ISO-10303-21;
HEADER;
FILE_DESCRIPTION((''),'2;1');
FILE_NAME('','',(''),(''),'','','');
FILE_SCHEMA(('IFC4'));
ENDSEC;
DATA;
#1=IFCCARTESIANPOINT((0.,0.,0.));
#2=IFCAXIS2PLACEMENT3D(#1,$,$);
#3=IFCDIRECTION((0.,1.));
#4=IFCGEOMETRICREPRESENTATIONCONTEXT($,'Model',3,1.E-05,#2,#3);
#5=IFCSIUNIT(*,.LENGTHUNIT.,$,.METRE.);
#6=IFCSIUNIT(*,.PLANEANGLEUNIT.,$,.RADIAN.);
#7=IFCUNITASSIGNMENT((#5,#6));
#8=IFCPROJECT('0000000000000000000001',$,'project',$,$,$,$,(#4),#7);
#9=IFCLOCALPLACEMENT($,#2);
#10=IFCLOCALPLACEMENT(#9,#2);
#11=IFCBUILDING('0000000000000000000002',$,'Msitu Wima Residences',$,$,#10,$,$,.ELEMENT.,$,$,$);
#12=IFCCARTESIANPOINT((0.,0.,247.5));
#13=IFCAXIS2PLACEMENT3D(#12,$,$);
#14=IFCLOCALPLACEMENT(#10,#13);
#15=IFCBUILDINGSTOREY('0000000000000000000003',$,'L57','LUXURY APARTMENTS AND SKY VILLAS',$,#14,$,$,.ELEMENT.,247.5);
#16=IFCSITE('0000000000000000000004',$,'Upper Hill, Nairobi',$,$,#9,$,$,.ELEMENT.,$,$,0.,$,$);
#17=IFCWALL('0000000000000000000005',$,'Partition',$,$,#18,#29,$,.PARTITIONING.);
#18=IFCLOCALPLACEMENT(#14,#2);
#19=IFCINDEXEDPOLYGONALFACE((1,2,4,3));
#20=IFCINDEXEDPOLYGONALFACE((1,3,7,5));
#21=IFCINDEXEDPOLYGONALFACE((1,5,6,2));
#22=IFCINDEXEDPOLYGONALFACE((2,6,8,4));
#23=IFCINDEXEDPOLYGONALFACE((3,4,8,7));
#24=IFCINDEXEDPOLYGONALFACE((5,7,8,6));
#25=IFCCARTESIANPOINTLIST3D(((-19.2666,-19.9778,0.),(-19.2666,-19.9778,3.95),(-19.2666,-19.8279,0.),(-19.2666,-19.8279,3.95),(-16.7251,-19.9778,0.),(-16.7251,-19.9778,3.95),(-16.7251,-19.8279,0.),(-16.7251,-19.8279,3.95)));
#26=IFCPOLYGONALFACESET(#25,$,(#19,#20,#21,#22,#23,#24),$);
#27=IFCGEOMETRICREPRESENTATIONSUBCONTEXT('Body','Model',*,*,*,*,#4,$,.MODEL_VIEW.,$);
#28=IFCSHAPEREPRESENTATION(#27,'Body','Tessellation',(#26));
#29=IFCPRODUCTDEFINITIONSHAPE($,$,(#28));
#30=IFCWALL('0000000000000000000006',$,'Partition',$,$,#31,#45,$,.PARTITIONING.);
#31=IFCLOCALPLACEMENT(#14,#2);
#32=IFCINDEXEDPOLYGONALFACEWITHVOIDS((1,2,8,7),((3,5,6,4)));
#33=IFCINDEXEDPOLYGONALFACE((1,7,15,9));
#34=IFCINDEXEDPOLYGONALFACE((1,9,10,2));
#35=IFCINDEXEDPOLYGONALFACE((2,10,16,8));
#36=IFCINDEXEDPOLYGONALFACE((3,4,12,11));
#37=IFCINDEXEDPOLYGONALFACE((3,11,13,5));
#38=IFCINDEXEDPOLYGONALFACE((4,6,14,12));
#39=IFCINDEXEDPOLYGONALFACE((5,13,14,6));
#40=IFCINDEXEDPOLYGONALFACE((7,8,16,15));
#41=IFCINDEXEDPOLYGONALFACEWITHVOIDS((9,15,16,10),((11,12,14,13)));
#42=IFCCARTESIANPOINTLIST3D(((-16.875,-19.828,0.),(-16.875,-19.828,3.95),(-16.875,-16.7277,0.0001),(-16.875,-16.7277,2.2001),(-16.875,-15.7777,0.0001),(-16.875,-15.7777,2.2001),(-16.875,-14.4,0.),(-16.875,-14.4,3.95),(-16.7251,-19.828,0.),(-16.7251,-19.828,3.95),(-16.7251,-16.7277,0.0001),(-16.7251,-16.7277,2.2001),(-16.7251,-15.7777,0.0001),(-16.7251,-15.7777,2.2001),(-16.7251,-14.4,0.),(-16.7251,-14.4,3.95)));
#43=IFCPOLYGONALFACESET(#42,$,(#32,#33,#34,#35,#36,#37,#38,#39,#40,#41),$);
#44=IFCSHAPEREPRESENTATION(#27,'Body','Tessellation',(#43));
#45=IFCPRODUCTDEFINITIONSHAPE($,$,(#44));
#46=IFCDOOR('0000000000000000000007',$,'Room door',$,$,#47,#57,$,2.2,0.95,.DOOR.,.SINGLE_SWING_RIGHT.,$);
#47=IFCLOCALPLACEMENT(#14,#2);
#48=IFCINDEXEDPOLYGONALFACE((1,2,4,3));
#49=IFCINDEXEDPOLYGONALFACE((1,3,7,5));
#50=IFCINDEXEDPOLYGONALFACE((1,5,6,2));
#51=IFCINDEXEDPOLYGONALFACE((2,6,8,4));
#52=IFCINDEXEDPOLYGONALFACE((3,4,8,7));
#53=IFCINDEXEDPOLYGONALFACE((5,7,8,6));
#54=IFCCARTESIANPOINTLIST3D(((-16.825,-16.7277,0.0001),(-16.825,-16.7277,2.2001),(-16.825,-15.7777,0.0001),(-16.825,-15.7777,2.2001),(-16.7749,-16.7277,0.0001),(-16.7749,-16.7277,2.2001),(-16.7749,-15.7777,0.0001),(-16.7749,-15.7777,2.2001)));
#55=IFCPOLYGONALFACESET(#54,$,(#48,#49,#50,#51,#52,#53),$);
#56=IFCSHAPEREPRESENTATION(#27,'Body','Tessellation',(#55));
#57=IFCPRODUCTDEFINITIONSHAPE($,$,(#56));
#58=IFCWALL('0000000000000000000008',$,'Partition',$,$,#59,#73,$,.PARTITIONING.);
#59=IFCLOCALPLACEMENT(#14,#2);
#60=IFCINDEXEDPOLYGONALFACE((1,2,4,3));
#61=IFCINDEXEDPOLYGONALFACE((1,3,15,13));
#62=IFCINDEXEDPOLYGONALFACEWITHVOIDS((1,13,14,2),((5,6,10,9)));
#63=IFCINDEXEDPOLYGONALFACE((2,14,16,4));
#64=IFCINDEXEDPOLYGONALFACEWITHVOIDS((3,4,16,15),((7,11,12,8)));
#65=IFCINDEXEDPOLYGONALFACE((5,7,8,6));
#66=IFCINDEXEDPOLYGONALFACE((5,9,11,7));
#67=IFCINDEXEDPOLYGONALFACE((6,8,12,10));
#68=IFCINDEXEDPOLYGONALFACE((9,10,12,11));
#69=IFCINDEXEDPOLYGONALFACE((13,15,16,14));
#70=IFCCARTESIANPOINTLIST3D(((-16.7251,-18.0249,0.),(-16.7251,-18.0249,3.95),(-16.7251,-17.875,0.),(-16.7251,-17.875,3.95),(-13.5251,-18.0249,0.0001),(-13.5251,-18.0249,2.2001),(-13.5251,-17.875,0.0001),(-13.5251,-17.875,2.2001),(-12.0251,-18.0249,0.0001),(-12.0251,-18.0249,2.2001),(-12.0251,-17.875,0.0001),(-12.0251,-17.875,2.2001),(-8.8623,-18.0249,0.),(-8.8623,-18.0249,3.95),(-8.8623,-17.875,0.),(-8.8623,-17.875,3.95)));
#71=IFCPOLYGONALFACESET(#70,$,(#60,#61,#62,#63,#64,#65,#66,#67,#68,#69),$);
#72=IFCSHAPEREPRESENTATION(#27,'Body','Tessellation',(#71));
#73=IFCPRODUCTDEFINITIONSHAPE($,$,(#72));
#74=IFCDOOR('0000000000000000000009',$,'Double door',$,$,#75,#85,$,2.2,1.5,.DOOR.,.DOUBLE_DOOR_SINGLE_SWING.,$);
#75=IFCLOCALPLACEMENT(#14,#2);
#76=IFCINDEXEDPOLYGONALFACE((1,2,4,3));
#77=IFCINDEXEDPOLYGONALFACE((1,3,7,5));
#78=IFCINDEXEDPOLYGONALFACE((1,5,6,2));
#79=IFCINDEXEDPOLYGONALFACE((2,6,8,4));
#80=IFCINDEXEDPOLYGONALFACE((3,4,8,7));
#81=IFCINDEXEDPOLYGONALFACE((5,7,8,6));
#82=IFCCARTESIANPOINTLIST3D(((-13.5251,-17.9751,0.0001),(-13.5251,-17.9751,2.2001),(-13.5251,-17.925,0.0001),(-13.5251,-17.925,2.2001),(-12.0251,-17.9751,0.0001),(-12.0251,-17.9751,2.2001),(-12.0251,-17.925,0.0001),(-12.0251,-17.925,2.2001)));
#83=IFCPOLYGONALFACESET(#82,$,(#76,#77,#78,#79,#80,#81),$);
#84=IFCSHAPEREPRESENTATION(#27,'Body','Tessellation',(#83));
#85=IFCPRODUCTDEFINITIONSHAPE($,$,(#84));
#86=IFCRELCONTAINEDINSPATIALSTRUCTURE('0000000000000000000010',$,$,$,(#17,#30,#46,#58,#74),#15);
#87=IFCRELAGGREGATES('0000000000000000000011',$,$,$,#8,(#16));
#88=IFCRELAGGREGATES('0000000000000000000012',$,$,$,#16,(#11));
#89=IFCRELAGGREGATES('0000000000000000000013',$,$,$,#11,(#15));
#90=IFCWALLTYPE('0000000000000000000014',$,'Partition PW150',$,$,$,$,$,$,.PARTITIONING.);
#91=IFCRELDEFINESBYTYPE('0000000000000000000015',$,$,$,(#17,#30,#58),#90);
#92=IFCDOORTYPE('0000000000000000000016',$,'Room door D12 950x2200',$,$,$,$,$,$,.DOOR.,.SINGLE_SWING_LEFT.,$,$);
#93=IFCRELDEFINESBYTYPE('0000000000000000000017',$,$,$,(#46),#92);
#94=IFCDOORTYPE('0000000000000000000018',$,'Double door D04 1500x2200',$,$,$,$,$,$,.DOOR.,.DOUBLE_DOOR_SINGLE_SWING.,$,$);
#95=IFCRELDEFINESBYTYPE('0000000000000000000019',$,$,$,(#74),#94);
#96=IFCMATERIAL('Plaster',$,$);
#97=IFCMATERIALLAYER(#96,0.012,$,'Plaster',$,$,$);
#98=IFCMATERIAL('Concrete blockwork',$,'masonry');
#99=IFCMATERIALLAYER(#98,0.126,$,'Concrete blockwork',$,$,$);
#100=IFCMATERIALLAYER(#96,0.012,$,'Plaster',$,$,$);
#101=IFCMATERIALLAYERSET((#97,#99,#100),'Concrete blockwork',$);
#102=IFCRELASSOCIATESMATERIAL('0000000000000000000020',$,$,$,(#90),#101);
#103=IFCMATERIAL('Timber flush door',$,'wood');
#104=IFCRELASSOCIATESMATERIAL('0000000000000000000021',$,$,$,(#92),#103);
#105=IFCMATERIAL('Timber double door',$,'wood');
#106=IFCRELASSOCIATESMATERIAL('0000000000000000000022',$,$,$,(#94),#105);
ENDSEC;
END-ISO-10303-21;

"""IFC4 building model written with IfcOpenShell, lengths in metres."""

from ifc_helpers import new_model, si_unit, direction, frame, frame_2d, origin, place, context, subcontext, project, spatial, rectangle, extrude, material, layer, layer_set, type_object, element, fill, save


model = new_model("IFC4")

# Units and contexts
model_context = context("Model", 3, precision=1e-05, world=origin(), true_north=direction((0.0, 1.0)))
body_context = subcontext(model_context, "Body", "Model", "MODEL_VIEW")
ifc_project = project(units=[si_unit("LENGTHUNIT", "METRE"), si_unit("PLANEANGLEUNIT", "RADIAN")], contexts=[model_context])

# Site, building, storey
site_placement = place(None, origin())
site = spatial("IfcSite", under=ifc_project, at=site_placement, Name="Upper Hill, Nairobi", CompositionType="ELEMENT", RefElevation=0.0)
building_placement = place(site_placement, origin())
building = spatial("IfcBuilding", under=site, at=building_placement, Name="Msitu Wima Residences", CompositionType="ELEMENT")
storey_placement = place(building_placement, frame((0.0, 0.0, 247.5)))
storey = spatial("IfcBuildingStorey", under=building, at=storey_placement, Name="L57", Description="LUXURY APARTMENTS AND SKY VILLAS", CompositionType="ELEMENT", Elevation=247.5)

# Shared definitions
ifc_material_1 = material(Name="Plaster")
ifc_material_2 = material(Name="Concrete blockwork", Category="masonry")

# Wall
ifc_layer_1 = layer(ifc_material_1, 0.012, Name="Plaster")
ifc_layer_2 = layer(ifc_material_2, 0.126, Name="Concrete blockwork")
ifc_layer_3 = layer(ifc_material_1, 0.012, Name="Plaster")
ifc_layer_set_1 = layer_set([ifc_layer_1, ifc_layer_2, ifc_layer_3], Name="Concrete blockwork")
wall_type_1 = type_object("IfcWallType", Name="Partition PW150", PredefinedType="PARTITIONING", material=ifc_layer_set_1)
wall_1_placement = place(storey_placement, frame((-19.2666, -19.9028, 0.0), z_axis=(0.0, 0.0, 1.0), x_axis=(1.0, 0.0, 0.0)))
element("IfcWall", 1, at=wall_1_placement, inside=storey, type_object=wall_type_1, Name="Partition", PredefinedType="PARTITIONING", context=body_context, shape_type="SweptSolid", body=[
    extrude(rectangle(XDim=2.5415, YDim=0.1499, at=frame_2d((1.2708, 0.0))), origin(), (0.0, 0.0, 1.0), 3.95),
])

# Walls, openings, doors
wall_2_placement = place(storey_placement, frame((-16.8, -19.8279, 0.0), z_axis=(0.0, 0.0, 1.0), x_axis=(0.0, 1.0, 0.0)))
wall_2 = element("IfcWall", 2, at=wall_2_placement, inside=storey, type_object=wall_type_1, Name="Partition", PredefinedType="PARTITIONING", context=body_context, shape_type="SweptSolid", body=[
    extrude(rectangle(XDim=5.428, YDim=0.1499, at=frame_2d((2.7139, 0.0))), origin(), (0.0, 0.0, 1.0), 3.95),
])
opening_1_placement = place(wall_2_placement, frame((3.1001, 0.0, 0.0)))
opening_1 = element("IfcOpeningElement", 3, at=opening_1_placement, cuts=wall_2, PredefinedType="OPENING", context=body_context, shape_type="SweptSolid", body=[
    extrude(rectangle(XDim=0.95, YDim=2.2, at=frame_2d((0.4751, 1.1001))), frame((0.0, 0.085, 0.0), z_axis=(0.0, -1.0, 0.0), x_axis=(1.0, 0.0, 0.0)), (0.0, 0.0, 1.0), 0.1699),
])
ifc_material_3 = material(Name="Timber flush door", Category="wood")
door_type_1 = type_object("IfcDoorType", Name="Room door D12 950x2200", OperationType="SINGLE_SWING_LEFT", PredefinedType="DOOR", material=ifc_material_3)
door_1_placement = place(opening_1_placement, origin())
door_1 = element("IfcDoor", 4, at=door_1_placement, inside=storey, type_object=door_type_1, Name="Room door", OperationType="SINGLE_SWING_RIGHT", OverallHeight=2.2, OverallWidth=0.95, PredefinedType="DOOR", context=body_context, shape_type="SweptSolid", body=[
    extrude(rectangle(XDim=0.95, YDim=2.2, at=frame_2d((0.4751, 1.1001))), frame((0.0, 0.0249, 0.0), z_axis=(0.0, -1.0, 0.0), x_axis=(1.0, 0.0, 0.0)), (0.0, 0.0, 1.0), 0.05),
])
fill(opening_1, door_1)
wall_3_placement = place(storey_placement, frame((-16.7251, -17.95, 0.0), z_axis=(0.0, 0.0, 1.0), x_axis=(1.0, 0.0, 0.0)))
wall_3 = element("IfcWall", 5, at=wall_3_placement, inside=storey, type_object=wall_type_1, Name="Partition", PredefinedType="PARTITIONING", context=body_context, shape_type="SweptSolid", body=[
    extrude(rectangle(XDim=7.8628, YDim=0.1499, at=frame_2d((3.9314, 0.0))), origin(), (0.0, 0.0, 1.0), 3.95),
])
opening_2_placement = place(wall_3_placement, frame((3.2, 0.0, 0.0)))
opening_2 = element("IfcOpeningElement", 6, at=opening_2_placement, cuts=wall_3, PredefinedType="OPENING", context=body_context, shape_type="SweptSolid", body=[
    extrude(rectangle(XDim=1.5, YDim=2.2, at=frame_2d((0.75, 1.1001))), frame((0.0, 0.085, 0.0), z_axis=(0.0, -1.0, 0.0), x_axis=(1.0, 0.0, 0.0)), (0.0, 0.0, 1.0), 0.1699),
])
ifc_material_4 = material(Name="Timber double door", Category="wood")
door_type_2 = type_object("IfcDoorType", Name="Double door D04 1500x2200", OperationType="DOUBLE_DOOR_SINGLE_SWING", PredefinedType="DOOR", material=ifc_material_4)
door_2_placement = place(opening_2_placement, origin())
door_2 = element("IfcDoor", 7, at=door_2_placement, inside=storey, type_object=door_type_2, Name="Double door", OperationType="DOUBLE_DOOR_SINGLE_SWING", OverallHeight=2.2, OverallWidth=1.5, PredefinedType="DOOR", context=body_context, shape_type="SweptSolid", body=[
    extrude(rectangle(XDim=1.5, YDim=2.2, at=frame_2d((0.75, 1.1001))), frame((0.0, 0.0249, 0.0), z_axis=(0.0, -1.0, 0.0), x_axis=(1.0, 0.0, 0.0)), (0.0, 0.0, 1.0), 0.05),
])
fill(opening_2, door_2)

save(model, "model.ifc")
